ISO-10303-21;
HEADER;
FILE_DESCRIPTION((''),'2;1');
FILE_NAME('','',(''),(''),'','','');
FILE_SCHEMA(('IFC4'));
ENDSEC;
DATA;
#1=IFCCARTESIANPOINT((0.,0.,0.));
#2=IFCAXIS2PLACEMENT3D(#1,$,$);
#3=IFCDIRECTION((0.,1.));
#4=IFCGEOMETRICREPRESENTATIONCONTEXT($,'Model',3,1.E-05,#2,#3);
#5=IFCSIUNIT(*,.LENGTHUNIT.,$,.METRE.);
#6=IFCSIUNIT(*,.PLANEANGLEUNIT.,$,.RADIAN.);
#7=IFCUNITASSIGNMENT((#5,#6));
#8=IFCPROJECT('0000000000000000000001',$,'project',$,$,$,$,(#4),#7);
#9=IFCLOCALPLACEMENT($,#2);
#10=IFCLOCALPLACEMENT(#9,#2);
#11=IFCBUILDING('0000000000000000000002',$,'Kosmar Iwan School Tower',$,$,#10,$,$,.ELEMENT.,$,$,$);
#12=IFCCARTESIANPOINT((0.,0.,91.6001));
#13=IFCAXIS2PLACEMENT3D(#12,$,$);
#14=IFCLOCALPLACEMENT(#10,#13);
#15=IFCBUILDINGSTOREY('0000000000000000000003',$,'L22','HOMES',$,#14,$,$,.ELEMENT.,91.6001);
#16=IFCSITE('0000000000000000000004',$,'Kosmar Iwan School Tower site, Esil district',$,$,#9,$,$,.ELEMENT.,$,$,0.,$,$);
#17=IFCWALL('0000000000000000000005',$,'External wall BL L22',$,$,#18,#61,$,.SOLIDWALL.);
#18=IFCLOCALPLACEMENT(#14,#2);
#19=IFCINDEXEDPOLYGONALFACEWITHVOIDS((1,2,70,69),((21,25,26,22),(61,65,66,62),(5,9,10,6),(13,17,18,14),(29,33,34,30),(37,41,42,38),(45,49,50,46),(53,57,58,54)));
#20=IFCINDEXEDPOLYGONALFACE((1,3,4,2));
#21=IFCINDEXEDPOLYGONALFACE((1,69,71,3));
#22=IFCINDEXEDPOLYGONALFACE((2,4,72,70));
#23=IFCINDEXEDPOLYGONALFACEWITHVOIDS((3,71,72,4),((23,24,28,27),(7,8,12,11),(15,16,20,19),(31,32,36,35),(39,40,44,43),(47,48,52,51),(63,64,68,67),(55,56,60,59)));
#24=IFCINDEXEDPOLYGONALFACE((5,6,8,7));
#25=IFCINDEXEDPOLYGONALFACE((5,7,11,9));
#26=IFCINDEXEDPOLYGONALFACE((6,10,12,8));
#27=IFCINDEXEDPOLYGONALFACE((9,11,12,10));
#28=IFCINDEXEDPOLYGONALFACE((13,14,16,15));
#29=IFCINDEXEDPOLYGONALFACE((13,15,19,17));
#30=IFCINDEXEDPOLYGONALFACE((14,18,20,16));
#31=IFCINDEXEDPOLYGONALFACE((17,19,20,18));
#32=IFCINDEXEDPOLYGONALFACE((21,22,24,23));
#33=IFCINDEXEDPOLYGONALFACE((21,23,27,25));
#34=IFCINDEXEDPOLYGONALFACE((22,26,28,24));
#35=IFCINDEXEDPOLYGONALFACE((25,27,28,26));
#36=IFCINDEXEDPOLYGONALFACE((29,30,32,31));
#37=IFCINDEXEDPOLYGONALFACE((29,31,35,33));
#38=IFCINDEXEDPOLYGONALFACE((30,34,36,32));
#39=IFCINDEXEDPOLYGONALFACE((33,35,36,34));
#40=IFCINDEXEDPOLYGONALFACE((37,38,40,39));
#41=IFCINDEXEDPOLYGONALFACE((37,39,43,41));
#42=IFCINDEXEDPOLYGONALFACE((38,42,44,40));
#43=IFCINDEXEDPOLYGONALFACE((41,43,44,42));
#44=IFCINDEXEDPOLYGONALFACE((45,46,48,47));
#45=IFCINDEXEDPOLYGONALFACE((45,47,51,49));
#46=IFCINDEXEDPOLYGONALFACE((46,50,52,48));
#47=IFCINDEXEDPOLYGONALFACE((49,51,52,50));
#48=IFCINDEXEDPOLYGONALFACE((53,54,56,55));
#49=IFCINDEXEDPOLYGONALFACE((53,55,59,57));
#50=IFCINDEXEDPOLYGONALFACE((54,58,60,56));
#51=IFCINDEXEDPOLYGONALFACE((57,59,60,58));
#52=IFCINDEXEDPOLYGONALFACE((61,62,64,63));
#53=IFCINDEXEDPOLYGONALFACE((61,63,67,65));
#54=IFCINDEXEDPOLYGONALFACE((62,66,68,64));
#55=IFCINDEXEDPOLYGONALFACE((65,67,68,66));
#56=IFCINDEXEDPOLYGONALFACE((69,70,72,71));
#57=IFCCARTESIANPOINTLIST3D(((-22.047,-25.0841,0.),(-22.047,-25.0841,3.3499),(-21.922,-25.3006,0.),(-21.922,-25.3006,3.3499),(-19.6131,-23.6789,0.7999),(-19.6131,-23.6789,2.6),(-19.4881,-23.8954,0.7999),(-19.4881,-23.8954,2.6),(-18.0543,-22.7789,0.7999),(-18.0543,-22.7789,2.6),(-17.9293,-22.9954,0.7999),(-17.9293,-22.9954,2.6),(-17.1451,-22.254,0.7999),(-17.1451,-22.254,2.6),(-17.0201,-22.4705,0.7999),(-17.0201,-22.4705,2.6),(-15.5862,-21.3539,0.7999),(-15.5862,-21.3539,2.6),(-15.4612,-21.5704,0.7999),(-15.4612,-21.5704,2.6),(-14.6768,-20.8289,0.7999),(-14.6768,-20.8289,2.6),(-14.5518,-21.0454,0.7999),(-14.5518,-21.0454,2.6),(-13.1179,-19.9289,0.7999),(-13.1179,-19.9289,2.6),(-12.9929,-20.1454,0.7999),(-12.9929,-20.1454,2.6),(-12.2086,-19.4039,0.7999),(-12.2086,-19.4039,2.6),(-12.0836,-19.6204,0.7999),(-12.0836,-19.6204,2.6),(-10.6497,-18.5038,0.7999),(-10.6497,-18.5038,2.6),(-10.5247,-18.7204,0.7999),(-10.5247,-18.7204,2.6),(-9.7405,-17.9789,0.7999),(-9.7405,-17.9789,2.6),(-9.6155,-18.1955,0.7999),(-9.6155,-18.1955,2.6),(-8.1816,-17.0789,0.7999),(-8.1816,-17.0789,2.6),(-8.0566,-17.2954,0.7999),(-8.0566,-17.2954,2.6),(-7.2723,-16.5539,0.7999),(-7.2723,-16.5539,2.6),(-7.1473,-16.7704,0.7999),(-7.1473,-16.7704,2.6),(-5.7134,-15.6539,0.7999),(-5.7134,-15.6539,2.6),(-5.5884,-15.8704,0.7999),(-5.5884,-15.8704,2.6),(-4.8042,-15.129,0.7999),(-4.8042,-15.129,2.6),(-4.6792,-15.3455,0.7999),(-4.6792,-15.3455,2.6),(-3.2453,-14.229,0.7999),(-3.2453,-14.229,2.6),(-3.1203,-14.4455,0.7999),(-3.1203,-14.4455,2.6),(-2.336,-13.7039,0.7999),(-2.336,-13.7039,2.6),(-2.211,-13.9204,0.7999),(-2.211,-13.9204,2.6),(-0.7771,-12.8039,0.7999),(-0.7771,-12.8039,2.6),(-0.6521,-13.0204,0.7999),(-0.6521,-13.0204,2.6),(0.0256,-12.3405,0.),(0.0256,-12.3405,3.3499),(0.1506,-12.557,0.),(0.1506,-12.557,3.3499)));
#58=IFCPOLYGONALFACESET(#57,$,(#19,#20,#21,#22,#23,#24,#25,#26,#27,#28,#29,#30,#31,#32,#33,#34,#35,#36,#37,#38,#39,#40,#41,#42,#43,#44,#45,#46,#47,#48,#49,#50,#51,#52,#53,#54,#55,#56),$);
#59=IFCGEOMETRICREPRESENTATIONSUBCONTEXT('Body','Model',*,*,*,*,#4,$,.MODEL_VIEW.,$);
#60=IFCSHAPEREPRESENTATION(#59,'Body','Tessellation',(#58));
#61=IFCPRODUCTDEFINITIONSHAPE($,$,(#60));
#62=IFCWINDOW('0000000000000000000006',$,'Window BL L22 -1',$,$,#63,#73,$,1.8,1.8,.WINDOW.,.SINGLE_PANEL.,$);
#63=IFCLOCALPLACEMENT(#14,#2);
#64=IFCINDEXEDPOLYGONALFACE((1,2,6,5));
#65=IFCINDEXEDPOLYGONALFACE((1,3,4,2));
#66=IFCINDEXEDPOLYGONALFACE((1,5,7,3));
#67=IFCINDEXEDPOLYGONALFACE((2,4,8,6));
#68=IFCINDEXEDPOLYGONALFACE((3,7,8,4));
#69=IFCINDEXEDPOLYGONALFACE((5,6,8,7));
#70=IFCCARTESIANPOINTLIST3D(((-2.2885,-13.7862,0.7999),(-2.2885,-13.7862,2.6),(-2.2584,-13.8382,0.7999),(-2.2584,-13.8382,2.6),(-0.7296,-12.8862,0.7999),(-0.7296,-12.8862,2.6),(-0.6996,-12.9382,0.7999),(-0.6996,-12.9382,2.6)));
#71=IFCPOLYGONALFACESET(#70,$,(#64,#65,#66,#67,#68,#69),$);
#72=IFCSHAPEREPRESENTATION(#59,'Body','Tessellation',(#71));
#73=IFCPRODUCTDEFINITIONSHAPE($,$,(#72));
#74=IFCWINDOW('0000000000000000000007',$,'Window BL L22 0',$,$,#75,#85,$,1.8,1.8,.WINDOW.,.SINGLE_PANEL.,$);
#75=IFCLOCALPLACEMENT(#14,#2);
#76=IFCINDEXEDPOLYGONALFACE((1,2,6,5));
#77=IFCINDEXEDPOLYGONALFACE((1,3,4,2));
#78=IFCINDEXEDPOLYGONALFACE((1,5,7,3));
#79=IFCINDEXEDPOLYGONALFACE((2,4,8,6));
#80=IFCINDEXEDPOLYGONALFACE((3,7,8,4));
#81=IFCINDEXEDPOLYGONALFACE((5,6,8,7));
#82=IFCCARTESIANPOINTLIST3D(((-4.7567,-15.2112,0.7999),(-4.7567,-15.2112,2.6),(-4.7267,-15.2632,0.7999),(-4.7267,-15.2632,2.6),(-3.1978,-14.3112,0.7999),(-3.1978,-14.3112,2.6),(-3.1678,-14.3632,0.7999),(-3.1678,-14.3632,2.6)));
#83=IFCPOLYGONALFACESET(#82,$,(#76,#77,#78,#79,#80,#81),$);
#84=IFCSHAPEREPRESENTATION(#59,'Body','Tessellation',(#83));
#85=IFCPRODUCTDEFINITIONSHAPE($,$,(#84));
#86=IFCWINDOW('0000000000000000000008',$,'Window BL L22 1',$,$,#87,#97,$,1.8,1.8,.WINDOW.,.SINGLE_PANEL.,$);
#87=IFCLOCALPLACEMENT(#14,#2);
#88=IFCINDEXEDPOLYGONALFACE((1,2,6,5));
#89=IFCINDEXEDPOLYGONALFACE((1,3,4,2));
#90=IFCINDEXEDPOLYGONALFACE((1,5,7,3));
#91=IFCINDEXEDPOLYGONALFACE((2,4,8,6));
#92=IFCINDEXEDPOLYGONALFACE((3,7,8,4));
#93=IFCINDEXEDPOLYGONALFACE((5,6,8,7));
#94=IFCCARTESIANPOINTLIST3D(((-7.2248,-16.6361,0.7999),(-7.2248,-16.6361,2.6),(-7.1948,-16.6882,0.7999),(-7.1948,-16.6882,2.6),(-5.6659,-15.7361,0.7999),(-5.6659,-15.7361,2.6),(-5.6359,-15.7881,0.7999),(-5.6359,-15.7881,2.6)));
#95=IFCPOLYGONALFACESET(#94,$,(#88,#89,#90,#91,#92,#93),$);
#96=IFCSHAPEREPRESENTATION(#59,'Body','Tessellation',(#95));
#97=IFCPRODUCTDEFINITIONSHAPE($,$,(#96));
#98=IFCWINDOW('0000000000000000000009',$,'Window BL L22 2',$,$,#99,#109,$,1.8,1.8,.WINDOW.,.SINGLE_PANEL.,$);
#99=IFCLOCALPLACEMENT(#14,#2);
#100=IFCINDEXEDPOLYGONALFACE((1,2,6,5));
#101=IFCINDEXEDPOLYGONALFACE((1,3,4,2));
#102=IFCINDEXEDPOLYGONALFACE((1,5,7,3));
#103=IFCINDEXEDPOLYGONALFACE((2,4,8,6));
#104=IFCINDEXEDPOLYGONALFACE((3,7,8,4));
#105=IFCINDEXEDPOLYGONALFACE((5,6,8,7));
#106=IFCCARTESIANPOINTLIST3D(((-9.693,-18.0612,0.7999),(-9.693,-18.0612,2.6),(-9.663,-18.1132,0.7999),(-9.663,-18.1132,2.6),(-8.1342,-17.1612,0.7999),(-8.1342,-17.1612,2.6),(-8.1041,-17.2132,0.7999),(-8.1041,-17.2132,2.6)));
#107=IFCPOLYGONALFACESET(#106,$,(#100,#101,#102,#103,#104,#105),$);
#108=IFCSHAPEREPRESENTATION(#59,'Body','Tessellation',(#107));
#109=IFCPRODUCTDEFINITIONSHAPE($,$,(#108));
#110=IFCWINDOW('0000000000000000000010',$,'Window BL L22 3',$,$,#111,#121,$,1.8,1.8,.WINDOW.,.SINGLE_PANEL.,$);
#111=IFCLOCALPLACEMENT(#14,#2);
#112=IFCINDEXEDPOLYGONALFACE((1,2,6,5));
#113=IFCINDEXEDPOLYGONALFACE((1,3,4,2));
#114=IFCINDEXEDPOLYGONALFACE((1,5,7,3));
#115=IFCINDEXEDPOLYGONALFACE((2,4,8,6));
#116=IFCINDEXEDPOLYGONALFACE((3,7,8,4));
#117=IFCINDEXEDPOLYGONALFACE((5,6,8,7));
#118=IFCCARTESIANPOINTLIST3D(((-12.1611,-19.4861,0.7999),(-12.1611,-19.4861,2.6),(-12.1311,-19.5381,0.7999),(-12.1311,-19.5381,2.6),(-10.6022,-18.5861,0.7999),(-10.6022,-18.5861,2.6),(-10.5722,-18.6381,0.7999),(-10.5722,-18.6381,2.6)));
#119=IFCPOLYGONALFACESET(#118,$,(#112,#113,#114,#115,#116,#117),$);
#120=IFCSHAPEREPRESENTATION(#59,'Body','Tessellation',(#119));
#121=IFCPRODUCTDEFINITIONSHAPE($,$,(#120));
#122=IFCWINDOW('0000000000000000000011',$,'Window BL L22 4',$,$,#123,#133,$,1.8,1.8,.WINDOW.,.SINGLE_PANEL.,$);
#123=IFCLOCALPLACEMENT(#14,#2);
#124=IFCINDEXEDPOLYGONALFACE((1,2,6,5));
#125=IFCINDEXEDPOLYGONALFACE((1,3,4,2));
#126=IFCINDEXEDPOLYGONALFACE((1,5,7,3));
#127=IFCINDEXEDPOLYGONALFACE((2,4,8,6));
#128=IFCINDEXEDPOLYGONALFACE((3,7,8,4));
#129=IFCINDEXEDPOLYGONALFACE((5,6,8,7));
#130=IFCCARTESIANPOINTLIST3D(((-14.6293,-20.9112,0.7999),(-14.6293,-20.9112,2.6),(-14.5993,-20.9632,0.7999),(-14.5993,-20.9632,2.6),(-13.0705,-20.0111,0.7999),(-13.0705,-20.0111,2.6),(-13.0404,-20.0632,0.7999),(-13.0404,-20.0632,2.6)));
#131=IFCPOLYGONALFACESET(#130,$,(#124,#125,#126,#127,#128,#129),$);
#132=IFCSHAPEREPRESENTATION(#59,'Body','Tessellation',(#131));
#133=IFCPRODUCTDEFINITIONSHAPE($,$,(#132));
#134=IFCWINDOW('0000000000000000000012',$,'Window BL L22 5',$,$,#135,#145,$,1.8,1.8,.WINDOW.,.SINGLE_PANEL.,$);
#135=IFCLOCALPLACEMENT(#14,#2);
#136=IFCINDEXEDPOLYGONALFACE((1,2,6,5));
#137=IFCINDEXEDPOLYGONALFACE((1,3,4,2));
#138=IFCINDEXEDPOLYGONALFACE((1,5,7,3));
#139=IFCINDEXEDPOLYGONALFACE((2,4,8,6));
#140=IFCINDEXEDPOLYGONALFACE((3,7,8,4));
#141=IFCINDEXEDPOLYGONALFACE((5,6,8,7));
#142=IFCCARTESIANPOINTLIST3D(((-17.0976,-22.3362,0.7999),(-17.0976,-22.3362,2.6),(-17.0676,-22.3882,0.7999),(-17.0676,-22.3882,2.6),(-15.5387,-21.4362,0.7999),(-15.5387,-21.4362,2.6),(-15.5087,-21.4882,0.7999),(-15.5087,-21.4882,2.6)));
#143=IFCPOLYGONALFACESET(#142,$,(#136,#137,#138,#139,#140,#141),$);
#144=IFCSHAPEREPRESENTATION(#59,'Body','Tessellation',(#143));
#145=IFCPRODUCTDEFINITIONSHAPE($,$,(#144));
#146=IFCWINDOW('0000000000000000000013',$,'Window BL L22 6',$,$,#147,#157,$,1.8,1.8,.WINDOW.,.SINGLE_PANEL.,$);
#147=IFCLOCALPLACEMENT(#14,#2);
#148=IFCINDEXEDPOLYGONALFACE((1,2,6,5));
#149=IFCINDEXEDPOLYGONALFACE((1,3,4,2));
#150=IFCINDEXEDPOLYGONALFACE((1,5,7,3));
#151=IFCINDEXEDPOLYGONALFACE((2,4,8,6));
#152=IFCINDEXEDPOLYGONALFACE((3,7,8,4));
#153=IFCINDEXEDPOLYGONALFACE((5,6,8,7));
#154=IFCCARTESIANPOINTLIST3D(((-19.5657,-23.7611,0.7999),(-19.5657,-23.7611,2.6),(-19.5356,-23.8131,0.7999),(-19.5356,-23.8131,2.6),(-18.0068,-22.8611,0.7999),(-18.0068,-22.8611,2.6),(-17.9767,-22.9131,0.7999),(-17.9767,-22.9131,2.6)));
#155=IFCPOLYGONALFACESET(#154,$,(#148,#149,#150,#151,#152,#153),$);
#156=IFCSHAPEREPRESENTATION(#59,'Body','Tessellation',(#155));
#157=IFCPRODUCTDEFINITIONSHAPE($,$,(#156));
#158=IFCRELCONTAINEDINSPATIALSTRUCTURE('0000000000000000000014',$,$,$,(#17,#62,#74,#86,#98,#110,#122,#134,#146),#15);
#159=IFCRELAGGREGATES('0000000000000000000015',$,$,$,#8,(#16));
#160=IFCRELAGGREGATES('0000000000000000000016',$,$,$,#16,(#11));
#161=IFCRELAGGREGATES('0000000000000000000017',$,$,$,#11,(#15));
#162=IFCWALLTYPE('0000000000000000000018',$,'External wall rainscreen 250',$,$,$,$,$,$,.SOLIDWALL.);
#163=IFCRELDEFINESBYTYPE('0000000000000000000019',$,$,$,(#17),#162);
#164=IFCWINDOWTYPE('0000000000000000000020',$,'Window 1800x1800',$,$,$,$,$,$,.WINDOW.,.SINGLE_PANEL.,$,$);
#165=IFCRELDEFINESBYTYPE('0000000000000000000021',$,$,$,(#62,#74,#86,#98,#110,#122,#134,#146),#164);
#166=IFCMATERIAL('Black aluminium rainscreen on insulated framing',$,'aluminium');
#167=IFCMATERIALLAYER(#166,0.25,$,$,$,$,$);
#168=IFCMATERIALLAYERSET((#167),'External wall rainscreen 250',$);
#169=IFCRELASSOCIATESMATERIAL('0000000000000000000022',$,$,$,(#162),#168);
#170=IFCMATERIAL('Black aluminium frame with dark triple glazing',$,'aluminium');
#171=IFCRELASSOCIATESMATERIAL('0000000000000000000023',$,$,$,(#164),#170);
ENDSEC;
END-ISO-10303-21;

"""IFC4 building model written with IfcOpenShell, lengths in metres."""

from ifc_helpers import new_model, si_unit, direction, frame, frame_2d, origin, place, context, subcontext, project, spatial, rectangle, extrude, material, layer, layer_set, type_object, element, fill, save


model = new_model("IFC4")

# Units and contexts
model_context = context("Model", 3, precision=1e-05, world=origin(), true_north=direction((0.0, 1.0)))
body_context = subcontext(model_context, "Body", "Model", "MODEL_VIEW")
ifc_project = project(units=[si_unit("LENGTHUNIT", "METRE"), si_unit("PLANEANGLEUNIT", "RADIAN")], contexts=[model_context])

# Site, building, storey
site_placement = place(None, origin())
site = spatial("IfcSite", under=ifc_project, at=site_placement, Name="Kosmar Iwan School Tower site, Esil district", CompositionType="ELEMENT", RefElevation=0.0)
building_placement = place(site_placement, origin())
building = spatial("IfcBuilding", under=site, at=building_placement, Name="Kosmar Iwan School Tower", CompositionType="ELEMENT")
storey_placement = place(building_placement, frame((0.0, 0.0, 91.6001)))
storey = spatial("IfcBuildingStorey", under=building, at=storey_placement, Name="L22", Description="HOMES", CompositionType="ELEMENT", Elevation=91.6001)

# Wall, openings, windows
ifc_material_1 = material(Name="Black aluminium rainscreen on insulated framing", Category="aluminium")
ifc_layer_1 = layer(ifc_material_1, 0.25)
ifc_layer_set_1 = layer_set([ifc_layer_1], Name="External wall rainscreen 250")
wall_type_1 = type_object("IfcWallType", Name="External wall rainscreen 250", PredefinedType="SOLIDWALL", material=ifc_layer_set_1)
wall_1_placement = place(storey_placement, frame((0.0881, -12.4487, 0.0), z_axis=(0.0, 0.0, 1.0), x_axis=(-0.866026, -0.499998, 0.0)))
wall_1 = element("IfcWall", 1, at=wall_1_placement, inside=storey, type_object=wall_type_1, Name="External wall BL L22", PredefinedType="SOLIDWALL", context=body_context, shape_type="SweptSolid", body=[
    extrude(rectangle(XDim=25.4873, YDim=0.25, at=frame_2d((12.7437, 0.0))), origin(), (0.0, 0.0, 1.0), 3.3499),
])
opening_1_placement = place(wall_1_placement, frame((0.927, 0.0, 0.8)))
opening_1 = element("IfcOpeningElement", 2, at=opening_1_placement, cuts=wall_1, PredefinedType="OPENING", context=body_context, shape_type="SweptSolid", body=[
    extrude(rectangle(XDim=1.8, YDim=1.8, at=frame_2d((0.8999, 0.8999))), frame((0.0, 0.137, 0.0), z_axis=(0.0, -1.0, 0.0), x_axis=(1.0, 0.0, 0.0)), (0.0, 0.0, 1.0), 0.2739),
])
opening_2_placement = place(wall_1_placement, frame((3.7771, 0.0, 0.8)))
opening_2 = element("IfcOpeningElement", 3, at=opening_2_placement, cuts=wall_1, PredefinedType="OPENING", context=body_context, shape_type="SweptSolid", body=[
    extrude(rectangle(XDim=1.8, YDim=1.8, at=frame_2d((0.8999, 0.8999))), frame((0.0, 0.137, 0.0), z_axis=(0.0, -1.0, 0.0), x_axis=(1.0, 0.0, 0.0)), (0.0, 0.0, 1.0), 0.2739),
])
opening_3_placement = place(wall_1_placement, frame((6.627, 0.0, 0.8)))
opening_3 = element("IfcOpeningElement", 4, at=opening_3_placement, cuts=wall_1, PredefinedType="OPENING", context=body_context, shape_type="SweptSolid", body=[
    extrude(rectangle(XDim=1.8, YDim=1.8, at=frame_2d((0.8999, 0.8999))), frame((0.0, 0.137, 0.0), z_axis=(0.0, -1.0, 0.0), x_axis=(1.0, 0.0, 0.0)), (0.0, 0.0, 1.0), 0.2739),
])
opening_4_placement = place(wall_1_placement, frame((9.4771, 0.0, 0.8)))
opening_4 = element("IfcOpeningElement", 5, at=opening_4_placement, cuts=wall_1, PredefinedType="OPENING", context=body_context, shape_type="SweptSolid", body=[
    extrude(rectangle(XDim=1.8, YDim=1.8, at=frame_2d((0.8999, 0.8999))), frame((0.0, 0.137, 0.0), z_axis=(0.0, -1.0, 0.0), x_axis=(1.0, 0.0, 0.0)), (0.0, 0.0, 1.0), 0.2739),
])
opening_5_placement = place(wall_1_placement, frame((12.3269, 0.0, 0.8)))
opening_5 = element("IfcOpeningElement", 6, at=opening_5_placement, cuts=wall_1, PredefinedType="OPENING", context=body_context, shape_type="SweptSolid", body=[
    extrude(rectangle(XDim=1.8, YDim=1.8, at=frame_2d((0.8999, 0.8999))), frame((0.0, 0.137, 0.0), z_axis=(0.0, -1.0, 0.0), x_axis=(1.0, 0.0, 0.0)), (0.0, 0.0, 1.0), 0.2739),
])
opening_6_placement = place(wall_1_placement, frame((15.177, 0.0, 0.8)))
opening_6 = element("IfcOpeningElement", 7, at=opening_6_placement, cuts=wall_1, PredefinedType="OPENING", context=body_context, shape_type="SweptSolid", body=[
    extrude(rectangle(XDim=1.8, YDim=1.8, at=frame_2d((0.8999, 0.8999))), frame((0.0, 0.137, 0.0), z_axis=(0.0, -1.0, 0.0), x_axis=(1.0, 0.0, 0.0)), (0.0, 0.0, 1.0), 0.2739),
])
opening_7_placement = place(wall_1_placement, frame((18.0271, 0.0, 0.8)))
opening_7 = element("IfcOpeningElement", 8, at=opening_7_placement, cuts=wall_1, PredefinedType="OPENING", context=body_context, shape_type="SweptSolid", body=[
    extrude(rectangle(XDim=1.8, YDim=1.8, at=frame_2d((0.8999, 0.8999))), frame((0.0, 0.137, 0.0), z_axis=(0.0, -1.0, 0.0), x_axis=(1.0, 0.0, 0.0)), (0.0, 0.0, 1.0), 0.2739),
])
opening_8_placement = place(wall_1_placement, frame((20.877, 0.0, 0.8)))
opening_8 = element("IfcOpeningElement", 9, at=opening_8_placement, cuts=wall_1, PredefinedType="OPENING", context=body_context, shape_type="SweptSolid", body=[
    extrude(rectangle(XDim=1.8, YDim=1.8, at=frame_2d((0.8999, 0.8999))), frame((0.0, 0.137, 0.0), z_axis=(0.0, -1.0, 0.0), x_axis=(1.0, 0.0, 0.0)), (0.0, 0.0, 1.0), 0.2739),
])
ifc_material_2 = material(Name="Black aluminium frame with dark triple glazing", Category="aluminium")
window_type = type_object("IfcWindowType", Name="Window 1800x1800", PartitioningType="SINGLE_PANEL", PredefinedType="WINDOW", material=ifc_material_2)
window_1_placement = place(opening_1_placement, origin())
window_1 = element("IfcWindow", 10, at=window_1_placement, inside=storey, type_object=window_type, Name="Window BL L22 -1", OverallHeight=1.8, OverallWidth=1.8, PartitioningType="SINGLE_PANEL", PredefinedType="WINDOW", context=body_context, shape_type="SweptSolid", body=[
    extrude(rectangle(XDim=1.8, YDim=1.8, at=frame_2d((0.8999, 0.8999))), frame((0.0, 0.03, 0.0), z_axis=(0.0, -1.0, 0.0), x_axis=(1.0, 0.0, 0.0)), (0.0, 0.0, 1.0), 0.0601),
])
fill(opening_1, window_1)
window_2_placement = place(opening_2_placement, origin())
window_2 = element("IfcWindow", 11, at=window_2_placement, inside=storey, type_object=window_type, Name="Window BL L22 0", OverallHeight=1.8, OverallWidth=1.8, PartitioningType="SINGLE_PANEL", PredefinedType="WINDOW", context=body_context, shape_type="SweptSolid", body=[
    extrude(rectangle(XDim=1.8, YDim=1.8, at=frame_2d((0.8999, 0.8999))), frame((0.0, 0.03, 0.0), z_axis=(0.0, -1.0, 0.0), x_axis=(1.0, 0.0, 0.0)), (0.0, 0.0, 1.0), 0.0601),
])
fill(opening_2, window_2)
window_3_placement = place(opening_3_placement, origin())
window_3 = element("IfcWindow", 12, at=window_3_placement, inside=storey, type_object=window_type, Name="Window BL L22 1", OverallHeight=1.8, OverallWidth=1.8, PartitioningType="SINGLE_PANEL", PredefinedType="WINDOW", context=body_context, shape_type="SweptSolid", body=[
    extrude(rectangle(XDim=1.8, YDim=1.8, at=frame_2d((0.8999, 0.8999))), frame((0.0, 0.03, 0.0), z_axis=(0.0, -1.0, 0.0), x_axis=(1.0, 0.0, 0.0)), (0.0, 0.0, 1.0), 0.0601),
])
fill(opening_3, window_3)
window_4_placement = place(opening_4_placement, origin())
window_4 = element("IfcWindow", 13, at=window_4_placement, inside=storey, type_object=window_type, Name="Window BL L22 2", OverallHeight=1.8, OverallWidth=1.8, PartitioningType="SINGLE_PANEL", PredefinedType="WINDOW", context=body_context, shape_type="SweptSolid", body=[
    extrude(rectangle(XDim=1.8, YDim=1.8, at=frame_2d((0.8999, 0.8999))), frame((0.0, 0.03, 0.0), z_axis=(0.0, -1.0, 0.0), x_axis=(1.0, 0.0, 0.0)), (0.0, 0.0, 1.0), 0.0601),
])
fill(opening_4, window_4)
window_5_placement = place(opening_5_placement, origin())
window_5 = element("IfcWindow", 14, at=window_5_placement, inside=storey, type_object=window_type, Name="Window BL L22 3", OverallHeight=1.8, OverallWidth=1.8, PartitioningType="SINGLE_PANEL", PredefinedType="WINDOW", context=body_context, shape_type="SweptSolid", body=[
    extrude(rectangle(XDim=1.8, YDim=1.8, at=frame_2d((0.8999, 0.8999))), frame((0.0, 0.03, 0.0), z_axis=(0.0, -1.0, 0.0), x_axis=(1.0, 0.0, 0.0)), (0.0, 0.0, 1.0), 0.0601),
])
fill(opening_5, window_5)
window_6_placement = place(opening_6_placement, origin())
window_6 = element("IfcWindow", 15, at=window_6_placement, inside=storey, type_object=window_type, Name="Window BL L22 4", OverallHeight=1.8, OverallWidth=1.8, PartitioningType="SINGLE_PANEL", PredefinedType="WINDOW", context=body_context, shape_type="SweptSolid", body=[
    extrude(rectangle(XDim=1.8, YDim=1.8, at=frame_2d((0.8999, 0.8999))), frame((0.0, 0.03, 0.0), z_axis=(0.0, -1.0, 0.0), x_axis=(1.0, 0.0, 0.0)), (0.0, 0.0, 1.0), 0.0601),
])
fill(opening_6, window_6)
window_7_placement = place(opening_7_placement, origin())
window_7 = element("IfcWindow", 16, at=window_7_placement, inside=storey, type_object=window_type, Name="Window BL L22 5", OverallHeight=1.8, OverallWidth=1.8, PartitioningType="SINGLE_PANEL", PredefinedType="WINDOW", context=body_context, shape_type="SweptSolid", body=[
    extrude(rectangle(XDim=1.8, YDim=1.8, at=frame_2d((0.8999, 0.8999))), frame((0.0, 0.03, 0.0), z_axis=(0.0, -1.0, 0.0), x_axis=(1.0, 0.0, 0.0)), (0.0, 0.0, 1.0), 0.0601),
])
fill(opening_7, window_7)
window_8_placement = place(opening_8_placement, origin())
window_8 = element("IfcWindow", 17, at=window_8_placement, inside=storey, type_object=window_type, Name="Window BL L22 6", OverallHeight=1.8, OverallWidth=1.8, PartitioningType="SINGLE_PANEL", PredefinedType="WINDOW", context=body_context, shape_type="SweptSolid", body=[
    extrude(rectangle(XDim=1.8, YDim=1.8, at=frame_2d((0.8999, 0.8999))), frame((0.0, 0.03, 0.0), z_axis=(0.0, -1.0, 0.0), x_axis=(1.0, 0.0, 0.0)), (0.0, 0.0, 1.0), 0.0601),
])
fill(opening_8, window_8)

save(model, "model.ifc")
